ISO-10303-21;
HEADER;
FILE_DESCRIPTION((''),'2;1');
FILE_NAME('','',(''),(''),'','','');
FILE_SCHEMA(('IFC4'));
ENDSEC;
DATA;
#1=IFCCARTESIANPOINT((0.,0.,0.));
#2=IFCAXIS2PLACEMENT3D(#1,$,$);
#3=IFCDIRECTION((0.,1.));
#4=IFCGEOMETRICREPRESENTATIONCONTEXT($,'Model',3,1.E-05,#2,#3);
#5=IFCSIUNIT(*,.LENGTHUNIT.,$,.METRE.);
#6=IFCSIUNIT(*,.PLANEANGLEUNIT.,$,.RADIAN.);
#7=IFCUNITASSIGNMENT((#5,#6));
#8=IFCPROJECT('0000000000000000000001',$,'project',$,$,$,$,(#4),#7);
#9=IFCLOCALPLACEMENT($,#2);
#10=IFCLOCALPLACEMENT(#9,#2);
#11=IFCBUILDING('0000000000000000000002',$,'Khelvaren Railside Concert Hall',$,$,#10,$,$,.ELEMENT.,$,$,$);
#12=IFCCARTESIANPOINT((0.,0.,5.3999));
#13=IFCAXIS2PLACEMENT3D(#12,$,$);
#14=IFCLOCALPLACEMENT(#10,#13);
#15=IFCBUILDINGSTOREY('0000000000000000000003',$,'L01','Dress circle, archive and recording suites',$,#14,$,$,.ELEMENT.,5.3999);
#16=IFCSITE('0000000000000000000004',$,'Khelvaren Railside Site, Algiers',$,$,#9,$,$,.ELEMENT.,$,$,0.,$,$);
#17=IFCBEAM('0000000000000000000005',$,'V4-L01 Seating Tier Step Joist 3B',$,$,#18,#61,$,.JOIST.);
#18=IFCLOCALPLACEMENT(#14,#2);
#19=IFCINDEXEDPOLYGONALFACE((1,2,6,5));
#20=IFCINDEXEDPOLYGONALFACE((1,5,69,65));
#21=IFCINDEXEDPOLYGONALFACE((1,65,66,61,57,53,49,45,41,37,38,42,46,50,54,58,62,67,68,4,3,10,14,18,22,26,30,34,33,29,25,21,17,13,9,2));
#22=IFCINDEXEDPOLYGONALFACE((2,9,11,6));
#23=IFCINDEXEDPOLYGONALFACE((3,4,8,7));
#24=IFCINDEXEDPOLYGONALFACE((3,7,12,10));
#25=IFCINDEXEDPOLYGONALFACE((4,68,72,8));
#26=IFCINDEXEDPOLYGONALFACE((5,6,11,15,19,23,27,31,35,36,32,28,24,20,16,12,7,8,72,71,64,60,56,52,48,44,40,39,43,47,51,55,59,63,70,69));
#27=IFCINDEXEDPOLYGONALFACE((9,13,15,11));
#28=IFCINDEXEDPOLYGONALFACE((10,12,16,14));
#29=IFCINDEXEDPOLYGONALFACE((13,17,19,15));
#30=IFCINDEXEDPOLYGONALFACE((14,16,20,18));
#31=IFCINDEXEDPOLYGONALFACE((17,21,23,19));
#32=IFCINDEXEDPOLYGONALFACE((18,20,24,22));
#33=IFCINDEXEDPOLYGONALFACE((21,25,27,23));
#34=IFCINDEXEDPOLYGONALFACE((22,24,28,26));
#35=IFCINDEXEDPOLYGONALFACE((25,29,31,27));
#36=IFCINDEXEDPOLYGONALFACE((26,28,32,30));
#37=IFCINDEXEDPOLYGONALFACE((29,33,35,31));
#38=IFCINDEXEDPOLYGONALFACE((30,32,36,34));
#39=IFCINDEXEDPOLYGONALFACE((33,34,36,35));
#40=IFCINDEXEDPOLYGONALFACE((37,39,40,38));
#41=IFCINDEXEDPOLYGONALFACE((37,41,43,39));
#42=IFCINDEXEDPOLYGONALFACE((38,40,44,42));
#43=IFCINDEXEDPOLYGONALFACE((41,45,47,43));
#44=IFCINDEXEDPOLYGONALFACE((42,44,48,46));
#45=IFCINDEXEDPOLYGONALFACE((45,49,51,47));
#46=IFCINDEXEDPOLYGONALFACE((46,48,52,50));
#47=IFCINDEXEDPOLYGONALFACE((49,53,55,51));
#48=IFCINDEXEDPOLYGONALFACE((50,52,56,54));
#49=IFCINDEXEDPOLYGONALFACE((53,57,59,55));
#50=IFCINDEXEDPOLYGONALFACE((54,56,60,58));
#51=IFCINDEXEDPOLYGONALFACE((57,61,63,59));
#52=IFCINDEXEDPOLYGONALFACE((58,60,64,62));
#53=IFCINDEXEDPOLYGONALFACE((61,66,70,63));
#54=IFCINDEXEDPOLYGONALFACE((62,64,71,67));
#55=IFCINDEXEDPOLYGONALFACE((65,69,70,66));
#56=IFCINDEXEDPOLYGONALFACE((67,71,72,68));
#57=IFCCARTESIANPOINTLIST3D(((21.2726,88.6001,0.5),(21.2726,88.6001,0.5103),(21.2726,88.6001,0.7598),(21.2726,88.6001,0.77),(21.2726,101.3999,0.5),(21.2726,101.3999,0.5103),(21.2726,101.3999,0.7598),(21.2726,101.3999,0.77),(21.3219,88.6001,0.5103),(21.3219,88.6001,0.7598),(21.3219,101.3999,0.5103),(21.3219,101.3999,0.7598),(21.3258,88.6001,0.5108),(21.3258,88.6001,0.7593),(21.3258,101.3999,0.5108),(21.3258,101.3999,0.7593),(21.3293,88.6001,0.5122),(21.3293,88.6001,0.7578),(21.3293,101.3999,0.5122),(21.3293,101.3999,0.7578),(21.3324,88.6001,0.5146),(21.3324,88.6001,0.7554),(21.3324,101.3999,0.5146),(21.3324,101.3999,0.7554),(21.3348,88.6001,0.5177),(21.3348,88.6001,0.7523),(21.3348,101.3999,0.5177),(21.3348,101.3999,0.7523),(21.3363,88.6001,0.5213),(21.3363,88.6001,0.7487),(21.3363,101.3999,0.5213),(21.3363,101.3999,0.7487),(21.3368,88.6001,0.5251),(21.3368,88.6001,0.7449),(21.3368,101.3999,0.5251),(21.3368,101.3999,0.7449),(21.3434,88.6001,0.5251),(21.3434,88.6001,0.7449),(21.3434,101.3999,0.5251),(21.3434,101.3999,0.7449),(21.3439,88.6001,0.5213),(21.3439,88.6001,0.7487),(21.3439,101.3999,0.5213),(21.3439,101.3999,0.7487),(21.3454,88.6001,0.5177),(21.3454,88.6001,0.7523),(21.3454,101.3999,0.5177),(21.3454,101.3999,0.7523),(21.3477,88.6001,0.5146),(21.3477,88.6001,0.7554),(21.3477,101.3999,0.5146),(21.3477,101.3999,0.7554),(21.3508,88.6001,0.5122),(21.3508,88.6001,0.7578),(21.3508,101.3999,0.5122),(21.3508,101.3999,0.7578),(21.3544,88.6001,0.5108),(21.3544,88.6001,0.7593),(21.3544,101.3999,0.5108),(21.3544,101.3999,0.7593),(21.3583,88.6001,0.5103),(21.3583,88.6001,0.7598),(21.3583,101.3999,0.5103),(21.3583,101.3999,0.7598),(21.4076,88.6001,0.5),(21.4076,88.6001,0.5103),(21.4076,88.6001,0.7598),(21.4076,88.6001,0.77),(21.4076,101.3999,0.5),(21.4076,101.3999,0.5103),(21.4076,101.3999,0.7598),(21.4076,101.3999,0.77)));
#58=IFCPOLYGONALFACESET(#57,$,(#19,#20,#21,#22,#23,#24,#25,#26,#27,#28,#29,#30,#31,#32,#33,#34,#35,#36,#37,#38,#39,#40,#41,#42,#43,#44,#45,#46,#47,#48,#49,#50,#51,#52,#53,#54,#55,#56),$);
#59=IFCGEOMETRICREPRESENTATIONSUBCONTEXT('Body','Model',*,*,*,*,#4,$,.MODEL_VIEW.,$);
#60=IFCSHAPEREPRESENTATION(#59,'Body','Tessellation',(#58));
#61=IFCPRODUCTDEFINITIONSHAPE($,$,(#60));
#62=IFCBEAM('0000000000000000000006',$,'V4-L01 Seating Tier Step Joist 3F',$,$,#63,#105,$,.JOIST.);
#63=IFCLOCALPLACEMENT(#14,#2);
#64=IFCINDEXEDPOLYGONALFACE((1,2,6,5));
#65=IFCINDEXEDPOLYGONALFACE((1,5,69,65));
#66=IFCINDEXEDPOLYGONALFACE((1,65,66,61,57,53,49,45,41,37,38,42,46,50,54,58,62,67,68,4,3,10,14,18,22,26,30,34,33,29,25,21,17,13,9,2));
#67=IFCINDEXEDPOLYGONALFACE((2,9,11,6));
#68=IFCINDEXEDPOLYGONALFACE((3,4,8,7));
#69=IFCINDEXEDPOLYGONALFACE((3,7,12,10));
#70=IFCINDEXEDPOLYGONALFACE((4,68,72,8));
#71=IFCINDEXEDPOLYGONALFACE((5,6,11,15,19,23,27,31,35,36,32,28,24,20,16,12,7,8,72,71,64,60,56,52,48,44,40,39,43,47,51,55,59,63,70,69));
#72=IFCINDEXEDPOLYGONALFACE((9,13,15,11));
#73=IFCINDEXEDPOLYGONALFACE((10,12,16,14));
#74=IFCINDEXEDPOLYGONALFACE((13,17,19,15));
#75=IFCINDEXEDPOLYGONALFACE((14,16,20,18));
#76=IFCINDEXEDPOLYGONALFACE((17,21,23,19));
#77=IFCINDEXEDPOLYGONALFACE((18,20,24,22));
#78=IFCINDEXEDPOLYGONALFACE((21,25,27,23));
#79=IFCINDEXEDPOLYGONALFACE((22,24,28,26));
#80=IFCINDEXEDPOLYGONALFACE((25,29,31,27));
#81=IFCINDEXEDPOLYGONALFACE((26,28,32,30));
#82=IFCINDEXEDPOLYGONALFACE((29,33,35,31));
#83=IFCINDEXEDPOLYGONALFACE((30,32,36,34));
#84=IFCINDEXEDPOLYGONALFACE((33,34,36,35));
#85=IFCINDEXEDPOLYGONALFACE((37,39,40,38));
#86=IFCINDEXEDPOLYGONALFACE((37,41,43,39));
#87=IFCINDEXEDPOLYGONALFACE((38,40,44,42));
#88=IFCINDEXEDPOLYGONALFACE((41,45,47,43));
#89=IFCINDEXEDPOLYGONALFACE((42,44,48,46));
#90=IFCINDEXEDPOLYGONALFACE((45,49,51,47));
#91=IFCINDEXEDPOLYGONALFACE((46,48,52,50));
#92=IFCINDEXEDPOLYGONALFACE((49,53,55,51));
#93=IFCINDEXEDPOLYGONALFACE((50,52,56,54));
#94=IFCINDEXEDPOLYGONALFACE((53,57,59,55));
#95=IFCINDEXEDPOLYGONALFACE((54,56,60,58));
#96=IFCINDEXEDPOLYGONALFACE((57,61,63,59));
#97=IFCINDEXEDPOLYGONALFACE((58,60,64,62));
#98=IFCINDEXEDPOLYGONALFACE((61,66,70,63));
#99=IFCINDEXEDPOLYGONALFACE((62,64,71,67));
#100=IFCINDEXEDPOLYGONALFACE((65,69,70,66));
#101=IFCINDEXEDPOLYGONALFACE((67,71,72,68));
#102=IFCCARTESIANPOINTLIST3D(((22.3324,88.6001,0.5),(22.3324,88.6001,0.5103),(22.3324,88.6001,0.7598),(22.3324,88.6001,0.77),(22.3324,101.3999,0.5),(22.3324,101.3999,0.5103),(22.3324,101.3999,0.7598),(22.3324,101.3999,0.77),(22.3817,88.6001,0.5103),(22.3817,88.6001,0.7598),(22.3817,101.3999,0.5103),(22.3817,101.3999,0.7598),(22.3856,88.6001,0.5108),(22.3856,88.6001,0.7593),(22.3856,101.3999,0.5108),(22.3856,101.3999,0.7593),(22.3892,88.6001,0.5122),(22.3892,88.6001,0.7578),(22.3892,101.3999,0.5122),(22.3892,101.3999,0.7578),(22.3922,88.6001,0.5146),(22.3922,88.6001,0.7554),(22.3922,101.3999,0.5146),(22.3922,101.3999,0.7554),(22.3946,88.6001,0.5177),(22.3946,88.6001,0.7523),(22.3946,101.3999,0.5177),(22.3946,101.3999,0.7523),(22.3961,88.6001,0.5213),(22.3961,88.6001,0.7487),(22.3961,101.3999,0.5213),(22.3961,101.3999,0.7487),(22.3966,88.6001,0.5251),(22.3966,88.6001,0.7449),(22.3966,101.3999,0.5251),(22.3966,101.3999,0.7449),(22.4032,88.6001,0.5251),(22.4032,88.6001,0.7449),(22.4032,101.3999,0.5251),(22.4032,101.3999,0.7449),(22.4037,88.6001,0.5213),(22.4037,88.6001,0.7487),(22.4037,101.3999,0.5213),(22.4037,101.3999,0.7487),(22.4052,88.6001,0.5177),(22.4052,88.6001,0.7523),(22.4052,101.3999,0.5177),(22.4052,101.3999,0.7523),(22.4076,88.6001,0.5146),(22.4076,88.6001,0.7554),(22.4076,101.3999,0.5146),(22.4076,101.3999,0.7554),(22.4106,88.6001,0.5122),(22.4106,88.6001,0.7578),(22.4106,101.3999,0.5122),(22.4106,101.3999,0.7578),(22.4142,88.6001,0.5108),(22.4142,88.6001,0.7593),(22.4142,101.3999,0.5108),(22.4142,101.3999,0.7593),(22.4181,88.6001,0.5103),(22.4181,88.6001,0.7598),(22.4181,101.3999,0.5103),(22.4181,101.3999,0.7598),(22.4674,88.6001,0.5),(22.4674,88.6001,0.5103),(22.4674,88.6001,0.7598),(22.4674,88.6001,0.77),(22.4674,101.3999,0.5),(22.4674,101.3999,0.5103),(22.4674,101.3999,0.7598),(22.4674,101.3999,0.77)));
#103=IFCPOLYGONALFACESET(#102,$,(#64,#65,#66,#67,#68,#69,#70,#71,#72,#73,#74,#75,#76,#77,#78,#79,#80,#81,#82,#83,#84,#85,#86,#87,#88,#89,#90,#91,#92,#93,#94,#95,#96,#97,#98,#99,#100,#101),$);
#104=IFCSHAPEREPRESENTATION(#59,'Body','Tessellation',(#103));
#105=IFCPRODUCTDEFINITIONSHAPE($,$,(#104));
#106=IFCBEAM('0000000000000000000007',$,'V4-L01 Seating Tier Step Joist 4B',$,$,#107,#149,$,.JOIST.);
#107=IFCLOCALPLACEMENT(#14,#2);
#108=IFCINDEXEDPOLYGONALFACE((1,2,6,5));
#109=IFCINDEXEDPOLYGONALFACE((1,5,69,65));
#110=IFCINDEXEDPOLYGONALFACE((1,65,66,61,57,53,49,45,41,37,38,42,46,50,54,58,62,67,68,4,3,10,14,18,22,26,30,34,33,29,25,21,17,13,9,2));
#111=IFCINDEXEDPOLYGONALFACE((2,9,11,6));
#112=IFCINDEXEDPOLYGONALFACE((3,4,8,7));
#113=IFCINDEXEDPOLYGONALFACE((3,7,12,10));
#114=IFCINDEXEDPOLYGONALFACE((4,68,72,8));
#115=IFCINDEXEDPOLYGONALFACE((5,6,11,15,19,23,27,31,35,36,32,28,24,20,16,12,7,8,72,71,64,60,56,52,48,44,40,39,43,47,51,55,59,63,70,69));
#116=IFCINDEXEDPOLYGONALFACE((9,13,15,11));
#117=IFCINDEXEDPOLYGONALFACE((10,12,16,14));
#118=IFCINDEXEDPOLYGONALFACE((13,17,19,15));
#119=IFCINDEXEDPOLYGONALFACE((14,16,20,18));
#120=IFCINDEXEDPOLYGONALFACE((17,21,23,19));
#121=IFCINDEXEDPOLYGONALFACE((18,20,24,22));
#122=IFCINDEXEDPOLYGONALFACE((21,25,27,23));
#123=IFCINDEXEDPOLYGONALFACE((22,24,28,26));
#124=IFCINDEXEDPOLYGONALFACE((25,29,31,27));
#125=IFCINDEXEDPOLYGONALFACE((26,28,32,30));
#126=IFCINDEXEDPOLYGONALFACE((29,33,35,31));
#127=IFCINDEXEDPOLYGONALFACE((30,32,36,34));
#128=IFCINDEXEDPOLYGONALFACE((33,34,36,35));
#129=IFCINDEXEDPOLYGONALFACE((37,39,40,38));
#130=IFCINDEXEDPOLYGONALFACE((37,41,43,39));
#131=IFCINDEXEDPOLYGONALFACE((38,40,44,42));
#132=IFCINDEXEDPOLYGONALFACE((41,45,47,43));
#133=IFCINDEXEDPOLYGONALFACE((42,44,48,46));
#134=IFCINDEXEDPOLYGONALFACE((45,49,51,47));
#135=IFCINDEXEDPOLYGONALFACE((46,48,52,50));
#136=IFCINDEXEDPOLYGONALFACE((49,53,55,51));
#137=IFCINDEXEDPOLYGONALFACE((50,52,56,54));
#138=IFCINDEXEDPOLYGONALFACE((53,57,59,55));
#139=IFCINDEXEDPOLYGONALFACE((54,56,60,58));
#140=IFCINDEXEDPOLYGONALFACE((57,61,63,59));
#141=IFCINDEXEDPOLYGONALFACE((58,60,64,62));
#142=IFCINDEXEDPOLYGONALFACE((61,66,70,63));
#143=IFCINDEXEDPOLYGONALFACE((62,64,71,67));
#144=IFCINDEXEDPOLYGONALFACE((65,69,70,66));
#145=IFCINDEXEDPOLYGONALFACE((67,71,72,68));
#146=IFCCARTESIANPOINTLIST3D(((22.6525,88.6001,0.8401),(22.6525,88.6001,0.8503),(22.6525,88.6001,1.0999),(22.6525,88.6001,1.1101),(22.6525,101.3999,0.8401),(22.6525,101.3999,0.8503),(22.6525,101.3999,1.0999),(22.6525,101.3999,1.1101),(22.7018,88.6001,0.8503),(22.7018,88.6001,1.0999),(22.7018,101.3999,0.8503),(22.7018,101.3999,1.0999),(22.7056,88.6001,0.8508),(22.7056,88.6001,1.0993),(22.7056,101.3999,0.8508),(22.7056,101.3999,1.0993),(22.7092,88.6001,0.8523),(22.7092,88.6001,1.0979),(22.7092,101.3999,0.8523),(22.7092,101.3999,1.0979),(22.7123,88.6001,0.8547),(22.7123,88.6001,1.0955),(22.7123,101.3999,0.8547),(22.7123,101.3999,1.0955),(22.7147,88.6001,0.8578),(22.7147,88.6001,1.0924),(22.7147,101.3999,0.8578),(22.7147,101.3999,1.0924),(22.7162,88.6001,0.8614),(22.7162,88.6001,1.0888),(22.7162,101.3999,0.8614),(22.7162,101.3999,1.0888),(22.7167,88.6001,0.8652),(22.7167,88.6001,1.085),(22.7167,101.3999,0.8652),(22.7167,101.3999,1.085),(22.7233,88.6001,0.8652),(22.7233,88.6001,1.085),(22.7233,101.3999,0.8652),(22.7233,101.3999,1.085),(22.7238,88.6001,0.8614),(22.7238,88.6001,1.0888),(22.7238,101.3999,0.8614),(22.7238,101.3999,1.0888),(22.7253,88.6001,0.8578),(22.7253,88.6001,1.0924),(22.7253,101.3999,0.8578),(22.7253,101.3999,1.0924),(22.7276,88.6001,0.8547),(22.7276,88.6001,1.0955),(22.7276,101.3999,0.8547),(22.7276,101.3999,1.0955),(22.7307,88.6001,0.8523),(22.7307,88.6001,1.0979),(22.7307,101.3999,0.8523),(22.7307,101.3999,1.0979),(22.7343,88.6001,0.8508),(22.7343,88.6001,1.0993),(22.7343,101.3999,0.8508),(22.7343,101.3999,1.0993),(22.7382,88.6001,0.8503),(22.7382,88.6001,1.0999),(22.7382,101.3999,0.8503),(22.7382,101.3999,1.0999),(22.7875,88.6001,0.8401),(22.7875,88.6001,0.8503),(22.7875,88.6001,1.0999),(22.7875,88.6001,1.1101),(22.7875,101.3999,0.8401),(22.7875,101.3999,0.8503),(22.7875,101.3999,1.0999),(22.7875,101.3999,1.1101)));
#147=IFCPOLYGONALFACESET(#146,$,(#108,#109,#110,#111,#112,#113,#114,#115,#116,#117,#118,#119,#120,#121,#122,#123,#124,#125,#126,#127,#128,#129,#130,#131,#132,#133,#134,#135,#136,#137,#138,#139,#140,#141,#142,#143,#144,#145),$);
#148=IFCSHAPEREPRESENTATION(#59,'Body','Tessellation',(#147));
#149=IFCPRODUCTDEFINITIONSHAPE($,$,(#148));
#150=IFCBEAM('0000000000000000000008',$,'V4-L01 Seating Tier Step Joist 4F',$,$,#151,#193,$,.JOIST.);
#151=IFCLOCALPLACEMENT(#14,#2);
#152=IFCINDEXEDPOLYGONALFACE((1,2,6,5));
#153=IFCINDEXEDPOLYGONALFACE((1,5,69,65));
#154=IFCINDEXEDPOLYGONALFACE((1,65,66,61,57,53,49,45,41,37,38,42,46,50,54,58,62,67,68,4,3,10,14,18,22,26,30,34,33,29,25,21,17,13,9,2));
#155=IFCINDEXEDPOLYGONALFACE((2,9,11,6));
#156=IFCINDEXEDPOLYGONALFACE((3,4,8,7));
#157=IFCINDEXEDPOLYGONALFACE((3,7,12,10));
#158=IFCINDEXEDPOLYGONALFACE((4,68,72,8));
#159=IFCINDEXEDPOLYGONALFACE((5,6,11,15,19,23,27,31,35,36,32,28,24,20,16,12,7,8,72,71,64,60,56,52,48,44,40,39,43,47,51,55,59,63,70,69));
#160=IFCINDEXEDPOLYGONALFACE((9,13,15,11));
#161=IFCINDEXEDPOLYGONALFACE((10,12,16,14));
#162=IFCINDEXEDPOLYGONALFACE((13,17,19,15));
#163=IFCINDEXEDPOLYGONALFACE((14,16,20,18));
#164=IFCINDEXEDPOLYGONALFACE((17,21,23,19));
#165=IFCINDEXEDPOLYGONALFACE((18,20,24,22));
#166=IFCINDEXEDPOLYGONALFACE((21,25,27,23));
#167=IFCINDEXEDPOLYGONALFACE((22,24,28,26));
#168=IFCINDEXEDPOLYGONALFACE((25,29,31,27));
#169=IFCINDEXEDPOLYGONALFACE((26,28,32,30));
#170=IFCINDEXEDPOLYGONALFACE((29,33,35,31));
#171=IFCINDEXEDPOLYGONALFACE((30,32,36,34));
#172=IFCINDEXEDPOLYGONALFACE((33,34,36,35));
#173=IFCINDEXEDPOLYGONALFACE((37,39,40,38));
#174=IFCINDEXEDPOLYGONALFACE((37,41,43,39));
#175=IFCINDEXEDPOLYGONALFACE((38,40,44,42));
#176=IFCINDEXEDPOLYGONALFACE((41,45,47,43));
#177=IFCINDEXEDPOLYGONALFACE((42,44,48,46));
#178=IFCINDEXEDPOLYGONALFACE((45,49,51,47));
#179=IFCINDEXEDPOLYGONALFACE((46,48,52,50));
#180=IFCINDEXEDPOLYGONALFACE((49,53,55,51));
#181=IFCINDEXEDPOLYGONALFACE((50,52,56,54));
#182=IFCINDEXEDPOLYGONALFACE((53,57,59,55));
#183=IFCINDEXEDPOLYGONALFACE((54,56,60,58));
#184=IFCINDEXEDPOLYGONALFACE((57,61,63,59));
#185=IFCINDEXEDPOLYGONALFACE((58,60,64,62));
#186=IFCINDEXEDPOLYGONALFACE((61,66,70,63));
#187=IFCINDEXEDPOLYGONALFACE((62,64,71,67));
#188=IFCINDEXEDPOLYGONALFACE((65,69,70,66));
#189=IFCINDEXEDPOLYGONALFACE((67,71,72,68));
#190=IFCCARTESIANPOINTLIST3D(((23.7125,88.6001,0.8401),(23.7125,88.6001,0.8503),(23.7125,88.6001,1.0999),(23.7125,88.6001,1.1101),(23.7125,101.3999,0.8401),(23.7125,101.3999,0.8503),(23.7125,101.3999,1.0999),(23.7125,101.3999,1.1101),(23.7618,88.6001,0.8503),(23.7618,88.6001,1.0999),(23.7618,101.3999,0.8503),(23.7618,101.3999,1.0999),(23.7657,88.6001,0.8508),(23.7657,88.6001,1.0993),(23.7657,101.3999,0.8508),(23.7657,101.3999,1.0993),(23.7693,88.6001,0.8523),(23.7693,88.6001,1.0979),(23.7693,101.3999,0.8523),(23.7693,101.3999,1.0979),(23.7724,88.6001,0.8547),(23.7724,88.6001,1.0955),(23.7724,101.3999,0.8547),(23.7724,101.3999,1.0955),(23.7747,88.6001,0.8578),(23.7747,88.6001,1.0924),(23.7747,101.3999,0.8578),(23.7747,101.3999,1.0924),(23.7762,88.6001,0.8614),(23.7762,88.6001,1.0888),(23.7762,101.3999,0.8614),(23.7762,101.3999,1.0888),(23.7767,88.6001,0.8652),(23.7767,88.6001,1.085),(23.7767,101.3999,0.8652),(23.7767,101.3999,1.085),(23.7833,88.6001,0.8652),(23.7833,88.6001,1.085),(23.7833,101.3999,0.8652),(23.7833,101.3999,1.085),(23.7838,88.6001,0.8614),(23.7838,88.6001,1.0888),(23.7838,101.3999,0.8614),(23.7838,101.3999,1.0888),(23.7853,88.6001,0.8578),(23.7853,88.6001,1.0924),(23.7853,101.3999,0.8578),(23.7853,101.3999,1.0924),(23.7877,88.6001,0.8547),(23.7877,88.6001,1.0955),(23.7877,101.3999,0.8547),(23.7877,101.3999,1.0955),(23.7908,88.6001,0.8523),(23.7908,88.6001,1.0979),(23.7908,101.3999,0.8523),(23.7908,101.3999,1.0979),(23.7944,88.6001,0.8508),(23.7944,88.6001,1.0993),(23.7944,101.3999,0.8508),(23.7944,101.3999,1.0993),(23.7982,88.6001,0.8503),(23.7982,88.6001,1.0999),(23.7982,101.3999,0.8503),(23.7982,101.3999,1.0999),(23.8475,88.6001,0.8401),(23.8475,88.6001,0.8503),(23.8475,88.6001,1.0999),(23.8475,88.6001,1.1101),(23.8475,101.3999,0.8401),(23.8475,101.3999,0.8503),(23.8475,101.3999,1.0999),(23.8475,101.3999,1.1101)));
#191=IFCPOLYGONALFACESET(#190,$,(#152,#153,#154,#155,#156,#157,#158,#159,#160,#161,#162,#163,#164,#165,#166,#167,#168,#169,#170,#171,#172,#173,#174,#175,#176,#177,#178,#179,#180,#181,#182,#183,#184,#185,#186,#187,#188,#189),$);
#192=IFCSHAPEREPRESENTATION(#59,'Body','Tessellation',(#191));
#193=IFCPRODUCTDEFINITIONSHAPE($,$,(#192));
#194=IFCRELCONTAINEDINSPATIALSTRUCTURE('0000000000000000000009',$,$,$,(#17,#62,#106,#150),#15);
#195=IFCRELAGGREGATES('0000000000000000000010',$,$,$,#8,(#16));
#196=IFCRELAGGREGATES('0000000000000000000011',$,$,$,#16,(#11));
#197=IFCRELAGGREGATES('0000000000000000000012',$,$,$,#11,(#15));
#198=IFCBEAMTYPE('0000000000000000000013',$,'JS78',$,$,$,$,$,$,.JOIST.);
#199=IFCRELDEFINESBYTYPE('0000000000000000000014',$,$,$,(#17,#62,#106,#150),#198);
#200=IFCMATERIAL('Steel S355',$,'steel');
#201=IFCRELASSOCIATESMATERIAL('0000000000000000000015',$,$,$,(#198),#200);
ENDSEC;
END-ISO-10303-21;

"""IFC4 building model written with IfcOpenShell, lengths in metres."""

from ifc_helpers import new_model, si_unit, direction, frame, origin, origin_2d, place, context, subcontext, project, spatial, i_section, extrude, material, material_profile, profile_set, type_object, element, save


model = new_model("IFC4")

# Units and contexts
model_context = context("Model", 3, precision=1e-05, world=origin(), true_north=direction((0.0, 1.0)))
body_context = subcontext(model_context, "Body", "Model", "MODEL_VIEW")
ifc_project = project(units=[si_unit("LENGTHUNIT", "METRE"), si_unit("PLANEANGLEUNIT", "RADIAN")], contexts=[model_context])

# Site, building, storey
site_placement = place(None, origin())
site = spatial("IfcSite", under=ifc_project, at=site_placement, Name="Khelvaren Railside Site, Algiers", CompositionType="ELEMENT", RefElevation=0.0)
building_placement = place(site_placement, origin())
building = spatial("IfcBuilding", under=site, at=building_placement, Name="Khelvaren Railside Concert Hall", CompositionType="ELEMENT")
storey_placement = place(building_placement, frame((0.0, 0.0, 5.3999)))
storey = spatial("IfcBuildingStorey", under=building, at=storey_placement, Name="L01", Description="Dress circle, archive and recording suites", CompositionType="ELEMENT", Elevation=5.3999)

# Beams
ifc_material_1 = material(Name="Steel S355", Category="steel")
ifc_material_profile_1 = material_profile(ifc_material_1, i_section(OverallWidth=0.135, OverallDepth=0.27, WebThickness=0.0066, FlangeThickness=0.0103, FilletRadius=0.0149, at=origin_2d()), Name="IPE 270")
ifc_profile_set_1 = profile_set([ifc_material_profile_1], Name="Steel S355")
beam_type_1 = type_object("IfcBeamType", Name="JS78", PredefinedType="JOIST", material=ifc_profile_set_1)
for number, where, z_axis, x_axis, name in (
    (1, (21.3401, 88.6001, 0.635), (0.0, 1.0, 0.0), (-1.0, 0.0, 0.0), "V4-L01 Seating Tier Step Joist 3B"),
    (2, (22.3999, 88.6001, 0.635), (0.0, 1.0, 0.0), (-1.0, 0.0, 0.0), "V4-L01 Seating Tier Step Joist 3F"),
    (3, (22.72, 88.6001, 0.9751), (0.0, 1.0, 0.0), (-1.0, 0.0, 0.0), "V4-L01 Seating Tier Step Joist 4B"),
    (4, (23.78, 88.6001, 0.9751), (0.0, 1.0, 0.0), (-1.0, 0.0, 0.0), "V4-L01 Seating Tier Step Joist 4F"),
):
    element("IfcBeam", number, at=place(storey_placement, frame(where, z_axis=z_axis, x_axis=x_axis)), inside=storey, type_object=beam_type_1, Name=name, PredefinedType="JOIST", context=body_context, shape_type="SweptSolid", body=[
        extrude(i_section(OverallWidth=0.135, OverallDepth=0.27, WebThickness=0.0066, FlangeThickness=0.0103, FilletRadius=0.0149, at=origin_2d()), origin(), (0.0, 0.0, 1.0), 12.7998),
    ])

save(model, "model.ifc")
